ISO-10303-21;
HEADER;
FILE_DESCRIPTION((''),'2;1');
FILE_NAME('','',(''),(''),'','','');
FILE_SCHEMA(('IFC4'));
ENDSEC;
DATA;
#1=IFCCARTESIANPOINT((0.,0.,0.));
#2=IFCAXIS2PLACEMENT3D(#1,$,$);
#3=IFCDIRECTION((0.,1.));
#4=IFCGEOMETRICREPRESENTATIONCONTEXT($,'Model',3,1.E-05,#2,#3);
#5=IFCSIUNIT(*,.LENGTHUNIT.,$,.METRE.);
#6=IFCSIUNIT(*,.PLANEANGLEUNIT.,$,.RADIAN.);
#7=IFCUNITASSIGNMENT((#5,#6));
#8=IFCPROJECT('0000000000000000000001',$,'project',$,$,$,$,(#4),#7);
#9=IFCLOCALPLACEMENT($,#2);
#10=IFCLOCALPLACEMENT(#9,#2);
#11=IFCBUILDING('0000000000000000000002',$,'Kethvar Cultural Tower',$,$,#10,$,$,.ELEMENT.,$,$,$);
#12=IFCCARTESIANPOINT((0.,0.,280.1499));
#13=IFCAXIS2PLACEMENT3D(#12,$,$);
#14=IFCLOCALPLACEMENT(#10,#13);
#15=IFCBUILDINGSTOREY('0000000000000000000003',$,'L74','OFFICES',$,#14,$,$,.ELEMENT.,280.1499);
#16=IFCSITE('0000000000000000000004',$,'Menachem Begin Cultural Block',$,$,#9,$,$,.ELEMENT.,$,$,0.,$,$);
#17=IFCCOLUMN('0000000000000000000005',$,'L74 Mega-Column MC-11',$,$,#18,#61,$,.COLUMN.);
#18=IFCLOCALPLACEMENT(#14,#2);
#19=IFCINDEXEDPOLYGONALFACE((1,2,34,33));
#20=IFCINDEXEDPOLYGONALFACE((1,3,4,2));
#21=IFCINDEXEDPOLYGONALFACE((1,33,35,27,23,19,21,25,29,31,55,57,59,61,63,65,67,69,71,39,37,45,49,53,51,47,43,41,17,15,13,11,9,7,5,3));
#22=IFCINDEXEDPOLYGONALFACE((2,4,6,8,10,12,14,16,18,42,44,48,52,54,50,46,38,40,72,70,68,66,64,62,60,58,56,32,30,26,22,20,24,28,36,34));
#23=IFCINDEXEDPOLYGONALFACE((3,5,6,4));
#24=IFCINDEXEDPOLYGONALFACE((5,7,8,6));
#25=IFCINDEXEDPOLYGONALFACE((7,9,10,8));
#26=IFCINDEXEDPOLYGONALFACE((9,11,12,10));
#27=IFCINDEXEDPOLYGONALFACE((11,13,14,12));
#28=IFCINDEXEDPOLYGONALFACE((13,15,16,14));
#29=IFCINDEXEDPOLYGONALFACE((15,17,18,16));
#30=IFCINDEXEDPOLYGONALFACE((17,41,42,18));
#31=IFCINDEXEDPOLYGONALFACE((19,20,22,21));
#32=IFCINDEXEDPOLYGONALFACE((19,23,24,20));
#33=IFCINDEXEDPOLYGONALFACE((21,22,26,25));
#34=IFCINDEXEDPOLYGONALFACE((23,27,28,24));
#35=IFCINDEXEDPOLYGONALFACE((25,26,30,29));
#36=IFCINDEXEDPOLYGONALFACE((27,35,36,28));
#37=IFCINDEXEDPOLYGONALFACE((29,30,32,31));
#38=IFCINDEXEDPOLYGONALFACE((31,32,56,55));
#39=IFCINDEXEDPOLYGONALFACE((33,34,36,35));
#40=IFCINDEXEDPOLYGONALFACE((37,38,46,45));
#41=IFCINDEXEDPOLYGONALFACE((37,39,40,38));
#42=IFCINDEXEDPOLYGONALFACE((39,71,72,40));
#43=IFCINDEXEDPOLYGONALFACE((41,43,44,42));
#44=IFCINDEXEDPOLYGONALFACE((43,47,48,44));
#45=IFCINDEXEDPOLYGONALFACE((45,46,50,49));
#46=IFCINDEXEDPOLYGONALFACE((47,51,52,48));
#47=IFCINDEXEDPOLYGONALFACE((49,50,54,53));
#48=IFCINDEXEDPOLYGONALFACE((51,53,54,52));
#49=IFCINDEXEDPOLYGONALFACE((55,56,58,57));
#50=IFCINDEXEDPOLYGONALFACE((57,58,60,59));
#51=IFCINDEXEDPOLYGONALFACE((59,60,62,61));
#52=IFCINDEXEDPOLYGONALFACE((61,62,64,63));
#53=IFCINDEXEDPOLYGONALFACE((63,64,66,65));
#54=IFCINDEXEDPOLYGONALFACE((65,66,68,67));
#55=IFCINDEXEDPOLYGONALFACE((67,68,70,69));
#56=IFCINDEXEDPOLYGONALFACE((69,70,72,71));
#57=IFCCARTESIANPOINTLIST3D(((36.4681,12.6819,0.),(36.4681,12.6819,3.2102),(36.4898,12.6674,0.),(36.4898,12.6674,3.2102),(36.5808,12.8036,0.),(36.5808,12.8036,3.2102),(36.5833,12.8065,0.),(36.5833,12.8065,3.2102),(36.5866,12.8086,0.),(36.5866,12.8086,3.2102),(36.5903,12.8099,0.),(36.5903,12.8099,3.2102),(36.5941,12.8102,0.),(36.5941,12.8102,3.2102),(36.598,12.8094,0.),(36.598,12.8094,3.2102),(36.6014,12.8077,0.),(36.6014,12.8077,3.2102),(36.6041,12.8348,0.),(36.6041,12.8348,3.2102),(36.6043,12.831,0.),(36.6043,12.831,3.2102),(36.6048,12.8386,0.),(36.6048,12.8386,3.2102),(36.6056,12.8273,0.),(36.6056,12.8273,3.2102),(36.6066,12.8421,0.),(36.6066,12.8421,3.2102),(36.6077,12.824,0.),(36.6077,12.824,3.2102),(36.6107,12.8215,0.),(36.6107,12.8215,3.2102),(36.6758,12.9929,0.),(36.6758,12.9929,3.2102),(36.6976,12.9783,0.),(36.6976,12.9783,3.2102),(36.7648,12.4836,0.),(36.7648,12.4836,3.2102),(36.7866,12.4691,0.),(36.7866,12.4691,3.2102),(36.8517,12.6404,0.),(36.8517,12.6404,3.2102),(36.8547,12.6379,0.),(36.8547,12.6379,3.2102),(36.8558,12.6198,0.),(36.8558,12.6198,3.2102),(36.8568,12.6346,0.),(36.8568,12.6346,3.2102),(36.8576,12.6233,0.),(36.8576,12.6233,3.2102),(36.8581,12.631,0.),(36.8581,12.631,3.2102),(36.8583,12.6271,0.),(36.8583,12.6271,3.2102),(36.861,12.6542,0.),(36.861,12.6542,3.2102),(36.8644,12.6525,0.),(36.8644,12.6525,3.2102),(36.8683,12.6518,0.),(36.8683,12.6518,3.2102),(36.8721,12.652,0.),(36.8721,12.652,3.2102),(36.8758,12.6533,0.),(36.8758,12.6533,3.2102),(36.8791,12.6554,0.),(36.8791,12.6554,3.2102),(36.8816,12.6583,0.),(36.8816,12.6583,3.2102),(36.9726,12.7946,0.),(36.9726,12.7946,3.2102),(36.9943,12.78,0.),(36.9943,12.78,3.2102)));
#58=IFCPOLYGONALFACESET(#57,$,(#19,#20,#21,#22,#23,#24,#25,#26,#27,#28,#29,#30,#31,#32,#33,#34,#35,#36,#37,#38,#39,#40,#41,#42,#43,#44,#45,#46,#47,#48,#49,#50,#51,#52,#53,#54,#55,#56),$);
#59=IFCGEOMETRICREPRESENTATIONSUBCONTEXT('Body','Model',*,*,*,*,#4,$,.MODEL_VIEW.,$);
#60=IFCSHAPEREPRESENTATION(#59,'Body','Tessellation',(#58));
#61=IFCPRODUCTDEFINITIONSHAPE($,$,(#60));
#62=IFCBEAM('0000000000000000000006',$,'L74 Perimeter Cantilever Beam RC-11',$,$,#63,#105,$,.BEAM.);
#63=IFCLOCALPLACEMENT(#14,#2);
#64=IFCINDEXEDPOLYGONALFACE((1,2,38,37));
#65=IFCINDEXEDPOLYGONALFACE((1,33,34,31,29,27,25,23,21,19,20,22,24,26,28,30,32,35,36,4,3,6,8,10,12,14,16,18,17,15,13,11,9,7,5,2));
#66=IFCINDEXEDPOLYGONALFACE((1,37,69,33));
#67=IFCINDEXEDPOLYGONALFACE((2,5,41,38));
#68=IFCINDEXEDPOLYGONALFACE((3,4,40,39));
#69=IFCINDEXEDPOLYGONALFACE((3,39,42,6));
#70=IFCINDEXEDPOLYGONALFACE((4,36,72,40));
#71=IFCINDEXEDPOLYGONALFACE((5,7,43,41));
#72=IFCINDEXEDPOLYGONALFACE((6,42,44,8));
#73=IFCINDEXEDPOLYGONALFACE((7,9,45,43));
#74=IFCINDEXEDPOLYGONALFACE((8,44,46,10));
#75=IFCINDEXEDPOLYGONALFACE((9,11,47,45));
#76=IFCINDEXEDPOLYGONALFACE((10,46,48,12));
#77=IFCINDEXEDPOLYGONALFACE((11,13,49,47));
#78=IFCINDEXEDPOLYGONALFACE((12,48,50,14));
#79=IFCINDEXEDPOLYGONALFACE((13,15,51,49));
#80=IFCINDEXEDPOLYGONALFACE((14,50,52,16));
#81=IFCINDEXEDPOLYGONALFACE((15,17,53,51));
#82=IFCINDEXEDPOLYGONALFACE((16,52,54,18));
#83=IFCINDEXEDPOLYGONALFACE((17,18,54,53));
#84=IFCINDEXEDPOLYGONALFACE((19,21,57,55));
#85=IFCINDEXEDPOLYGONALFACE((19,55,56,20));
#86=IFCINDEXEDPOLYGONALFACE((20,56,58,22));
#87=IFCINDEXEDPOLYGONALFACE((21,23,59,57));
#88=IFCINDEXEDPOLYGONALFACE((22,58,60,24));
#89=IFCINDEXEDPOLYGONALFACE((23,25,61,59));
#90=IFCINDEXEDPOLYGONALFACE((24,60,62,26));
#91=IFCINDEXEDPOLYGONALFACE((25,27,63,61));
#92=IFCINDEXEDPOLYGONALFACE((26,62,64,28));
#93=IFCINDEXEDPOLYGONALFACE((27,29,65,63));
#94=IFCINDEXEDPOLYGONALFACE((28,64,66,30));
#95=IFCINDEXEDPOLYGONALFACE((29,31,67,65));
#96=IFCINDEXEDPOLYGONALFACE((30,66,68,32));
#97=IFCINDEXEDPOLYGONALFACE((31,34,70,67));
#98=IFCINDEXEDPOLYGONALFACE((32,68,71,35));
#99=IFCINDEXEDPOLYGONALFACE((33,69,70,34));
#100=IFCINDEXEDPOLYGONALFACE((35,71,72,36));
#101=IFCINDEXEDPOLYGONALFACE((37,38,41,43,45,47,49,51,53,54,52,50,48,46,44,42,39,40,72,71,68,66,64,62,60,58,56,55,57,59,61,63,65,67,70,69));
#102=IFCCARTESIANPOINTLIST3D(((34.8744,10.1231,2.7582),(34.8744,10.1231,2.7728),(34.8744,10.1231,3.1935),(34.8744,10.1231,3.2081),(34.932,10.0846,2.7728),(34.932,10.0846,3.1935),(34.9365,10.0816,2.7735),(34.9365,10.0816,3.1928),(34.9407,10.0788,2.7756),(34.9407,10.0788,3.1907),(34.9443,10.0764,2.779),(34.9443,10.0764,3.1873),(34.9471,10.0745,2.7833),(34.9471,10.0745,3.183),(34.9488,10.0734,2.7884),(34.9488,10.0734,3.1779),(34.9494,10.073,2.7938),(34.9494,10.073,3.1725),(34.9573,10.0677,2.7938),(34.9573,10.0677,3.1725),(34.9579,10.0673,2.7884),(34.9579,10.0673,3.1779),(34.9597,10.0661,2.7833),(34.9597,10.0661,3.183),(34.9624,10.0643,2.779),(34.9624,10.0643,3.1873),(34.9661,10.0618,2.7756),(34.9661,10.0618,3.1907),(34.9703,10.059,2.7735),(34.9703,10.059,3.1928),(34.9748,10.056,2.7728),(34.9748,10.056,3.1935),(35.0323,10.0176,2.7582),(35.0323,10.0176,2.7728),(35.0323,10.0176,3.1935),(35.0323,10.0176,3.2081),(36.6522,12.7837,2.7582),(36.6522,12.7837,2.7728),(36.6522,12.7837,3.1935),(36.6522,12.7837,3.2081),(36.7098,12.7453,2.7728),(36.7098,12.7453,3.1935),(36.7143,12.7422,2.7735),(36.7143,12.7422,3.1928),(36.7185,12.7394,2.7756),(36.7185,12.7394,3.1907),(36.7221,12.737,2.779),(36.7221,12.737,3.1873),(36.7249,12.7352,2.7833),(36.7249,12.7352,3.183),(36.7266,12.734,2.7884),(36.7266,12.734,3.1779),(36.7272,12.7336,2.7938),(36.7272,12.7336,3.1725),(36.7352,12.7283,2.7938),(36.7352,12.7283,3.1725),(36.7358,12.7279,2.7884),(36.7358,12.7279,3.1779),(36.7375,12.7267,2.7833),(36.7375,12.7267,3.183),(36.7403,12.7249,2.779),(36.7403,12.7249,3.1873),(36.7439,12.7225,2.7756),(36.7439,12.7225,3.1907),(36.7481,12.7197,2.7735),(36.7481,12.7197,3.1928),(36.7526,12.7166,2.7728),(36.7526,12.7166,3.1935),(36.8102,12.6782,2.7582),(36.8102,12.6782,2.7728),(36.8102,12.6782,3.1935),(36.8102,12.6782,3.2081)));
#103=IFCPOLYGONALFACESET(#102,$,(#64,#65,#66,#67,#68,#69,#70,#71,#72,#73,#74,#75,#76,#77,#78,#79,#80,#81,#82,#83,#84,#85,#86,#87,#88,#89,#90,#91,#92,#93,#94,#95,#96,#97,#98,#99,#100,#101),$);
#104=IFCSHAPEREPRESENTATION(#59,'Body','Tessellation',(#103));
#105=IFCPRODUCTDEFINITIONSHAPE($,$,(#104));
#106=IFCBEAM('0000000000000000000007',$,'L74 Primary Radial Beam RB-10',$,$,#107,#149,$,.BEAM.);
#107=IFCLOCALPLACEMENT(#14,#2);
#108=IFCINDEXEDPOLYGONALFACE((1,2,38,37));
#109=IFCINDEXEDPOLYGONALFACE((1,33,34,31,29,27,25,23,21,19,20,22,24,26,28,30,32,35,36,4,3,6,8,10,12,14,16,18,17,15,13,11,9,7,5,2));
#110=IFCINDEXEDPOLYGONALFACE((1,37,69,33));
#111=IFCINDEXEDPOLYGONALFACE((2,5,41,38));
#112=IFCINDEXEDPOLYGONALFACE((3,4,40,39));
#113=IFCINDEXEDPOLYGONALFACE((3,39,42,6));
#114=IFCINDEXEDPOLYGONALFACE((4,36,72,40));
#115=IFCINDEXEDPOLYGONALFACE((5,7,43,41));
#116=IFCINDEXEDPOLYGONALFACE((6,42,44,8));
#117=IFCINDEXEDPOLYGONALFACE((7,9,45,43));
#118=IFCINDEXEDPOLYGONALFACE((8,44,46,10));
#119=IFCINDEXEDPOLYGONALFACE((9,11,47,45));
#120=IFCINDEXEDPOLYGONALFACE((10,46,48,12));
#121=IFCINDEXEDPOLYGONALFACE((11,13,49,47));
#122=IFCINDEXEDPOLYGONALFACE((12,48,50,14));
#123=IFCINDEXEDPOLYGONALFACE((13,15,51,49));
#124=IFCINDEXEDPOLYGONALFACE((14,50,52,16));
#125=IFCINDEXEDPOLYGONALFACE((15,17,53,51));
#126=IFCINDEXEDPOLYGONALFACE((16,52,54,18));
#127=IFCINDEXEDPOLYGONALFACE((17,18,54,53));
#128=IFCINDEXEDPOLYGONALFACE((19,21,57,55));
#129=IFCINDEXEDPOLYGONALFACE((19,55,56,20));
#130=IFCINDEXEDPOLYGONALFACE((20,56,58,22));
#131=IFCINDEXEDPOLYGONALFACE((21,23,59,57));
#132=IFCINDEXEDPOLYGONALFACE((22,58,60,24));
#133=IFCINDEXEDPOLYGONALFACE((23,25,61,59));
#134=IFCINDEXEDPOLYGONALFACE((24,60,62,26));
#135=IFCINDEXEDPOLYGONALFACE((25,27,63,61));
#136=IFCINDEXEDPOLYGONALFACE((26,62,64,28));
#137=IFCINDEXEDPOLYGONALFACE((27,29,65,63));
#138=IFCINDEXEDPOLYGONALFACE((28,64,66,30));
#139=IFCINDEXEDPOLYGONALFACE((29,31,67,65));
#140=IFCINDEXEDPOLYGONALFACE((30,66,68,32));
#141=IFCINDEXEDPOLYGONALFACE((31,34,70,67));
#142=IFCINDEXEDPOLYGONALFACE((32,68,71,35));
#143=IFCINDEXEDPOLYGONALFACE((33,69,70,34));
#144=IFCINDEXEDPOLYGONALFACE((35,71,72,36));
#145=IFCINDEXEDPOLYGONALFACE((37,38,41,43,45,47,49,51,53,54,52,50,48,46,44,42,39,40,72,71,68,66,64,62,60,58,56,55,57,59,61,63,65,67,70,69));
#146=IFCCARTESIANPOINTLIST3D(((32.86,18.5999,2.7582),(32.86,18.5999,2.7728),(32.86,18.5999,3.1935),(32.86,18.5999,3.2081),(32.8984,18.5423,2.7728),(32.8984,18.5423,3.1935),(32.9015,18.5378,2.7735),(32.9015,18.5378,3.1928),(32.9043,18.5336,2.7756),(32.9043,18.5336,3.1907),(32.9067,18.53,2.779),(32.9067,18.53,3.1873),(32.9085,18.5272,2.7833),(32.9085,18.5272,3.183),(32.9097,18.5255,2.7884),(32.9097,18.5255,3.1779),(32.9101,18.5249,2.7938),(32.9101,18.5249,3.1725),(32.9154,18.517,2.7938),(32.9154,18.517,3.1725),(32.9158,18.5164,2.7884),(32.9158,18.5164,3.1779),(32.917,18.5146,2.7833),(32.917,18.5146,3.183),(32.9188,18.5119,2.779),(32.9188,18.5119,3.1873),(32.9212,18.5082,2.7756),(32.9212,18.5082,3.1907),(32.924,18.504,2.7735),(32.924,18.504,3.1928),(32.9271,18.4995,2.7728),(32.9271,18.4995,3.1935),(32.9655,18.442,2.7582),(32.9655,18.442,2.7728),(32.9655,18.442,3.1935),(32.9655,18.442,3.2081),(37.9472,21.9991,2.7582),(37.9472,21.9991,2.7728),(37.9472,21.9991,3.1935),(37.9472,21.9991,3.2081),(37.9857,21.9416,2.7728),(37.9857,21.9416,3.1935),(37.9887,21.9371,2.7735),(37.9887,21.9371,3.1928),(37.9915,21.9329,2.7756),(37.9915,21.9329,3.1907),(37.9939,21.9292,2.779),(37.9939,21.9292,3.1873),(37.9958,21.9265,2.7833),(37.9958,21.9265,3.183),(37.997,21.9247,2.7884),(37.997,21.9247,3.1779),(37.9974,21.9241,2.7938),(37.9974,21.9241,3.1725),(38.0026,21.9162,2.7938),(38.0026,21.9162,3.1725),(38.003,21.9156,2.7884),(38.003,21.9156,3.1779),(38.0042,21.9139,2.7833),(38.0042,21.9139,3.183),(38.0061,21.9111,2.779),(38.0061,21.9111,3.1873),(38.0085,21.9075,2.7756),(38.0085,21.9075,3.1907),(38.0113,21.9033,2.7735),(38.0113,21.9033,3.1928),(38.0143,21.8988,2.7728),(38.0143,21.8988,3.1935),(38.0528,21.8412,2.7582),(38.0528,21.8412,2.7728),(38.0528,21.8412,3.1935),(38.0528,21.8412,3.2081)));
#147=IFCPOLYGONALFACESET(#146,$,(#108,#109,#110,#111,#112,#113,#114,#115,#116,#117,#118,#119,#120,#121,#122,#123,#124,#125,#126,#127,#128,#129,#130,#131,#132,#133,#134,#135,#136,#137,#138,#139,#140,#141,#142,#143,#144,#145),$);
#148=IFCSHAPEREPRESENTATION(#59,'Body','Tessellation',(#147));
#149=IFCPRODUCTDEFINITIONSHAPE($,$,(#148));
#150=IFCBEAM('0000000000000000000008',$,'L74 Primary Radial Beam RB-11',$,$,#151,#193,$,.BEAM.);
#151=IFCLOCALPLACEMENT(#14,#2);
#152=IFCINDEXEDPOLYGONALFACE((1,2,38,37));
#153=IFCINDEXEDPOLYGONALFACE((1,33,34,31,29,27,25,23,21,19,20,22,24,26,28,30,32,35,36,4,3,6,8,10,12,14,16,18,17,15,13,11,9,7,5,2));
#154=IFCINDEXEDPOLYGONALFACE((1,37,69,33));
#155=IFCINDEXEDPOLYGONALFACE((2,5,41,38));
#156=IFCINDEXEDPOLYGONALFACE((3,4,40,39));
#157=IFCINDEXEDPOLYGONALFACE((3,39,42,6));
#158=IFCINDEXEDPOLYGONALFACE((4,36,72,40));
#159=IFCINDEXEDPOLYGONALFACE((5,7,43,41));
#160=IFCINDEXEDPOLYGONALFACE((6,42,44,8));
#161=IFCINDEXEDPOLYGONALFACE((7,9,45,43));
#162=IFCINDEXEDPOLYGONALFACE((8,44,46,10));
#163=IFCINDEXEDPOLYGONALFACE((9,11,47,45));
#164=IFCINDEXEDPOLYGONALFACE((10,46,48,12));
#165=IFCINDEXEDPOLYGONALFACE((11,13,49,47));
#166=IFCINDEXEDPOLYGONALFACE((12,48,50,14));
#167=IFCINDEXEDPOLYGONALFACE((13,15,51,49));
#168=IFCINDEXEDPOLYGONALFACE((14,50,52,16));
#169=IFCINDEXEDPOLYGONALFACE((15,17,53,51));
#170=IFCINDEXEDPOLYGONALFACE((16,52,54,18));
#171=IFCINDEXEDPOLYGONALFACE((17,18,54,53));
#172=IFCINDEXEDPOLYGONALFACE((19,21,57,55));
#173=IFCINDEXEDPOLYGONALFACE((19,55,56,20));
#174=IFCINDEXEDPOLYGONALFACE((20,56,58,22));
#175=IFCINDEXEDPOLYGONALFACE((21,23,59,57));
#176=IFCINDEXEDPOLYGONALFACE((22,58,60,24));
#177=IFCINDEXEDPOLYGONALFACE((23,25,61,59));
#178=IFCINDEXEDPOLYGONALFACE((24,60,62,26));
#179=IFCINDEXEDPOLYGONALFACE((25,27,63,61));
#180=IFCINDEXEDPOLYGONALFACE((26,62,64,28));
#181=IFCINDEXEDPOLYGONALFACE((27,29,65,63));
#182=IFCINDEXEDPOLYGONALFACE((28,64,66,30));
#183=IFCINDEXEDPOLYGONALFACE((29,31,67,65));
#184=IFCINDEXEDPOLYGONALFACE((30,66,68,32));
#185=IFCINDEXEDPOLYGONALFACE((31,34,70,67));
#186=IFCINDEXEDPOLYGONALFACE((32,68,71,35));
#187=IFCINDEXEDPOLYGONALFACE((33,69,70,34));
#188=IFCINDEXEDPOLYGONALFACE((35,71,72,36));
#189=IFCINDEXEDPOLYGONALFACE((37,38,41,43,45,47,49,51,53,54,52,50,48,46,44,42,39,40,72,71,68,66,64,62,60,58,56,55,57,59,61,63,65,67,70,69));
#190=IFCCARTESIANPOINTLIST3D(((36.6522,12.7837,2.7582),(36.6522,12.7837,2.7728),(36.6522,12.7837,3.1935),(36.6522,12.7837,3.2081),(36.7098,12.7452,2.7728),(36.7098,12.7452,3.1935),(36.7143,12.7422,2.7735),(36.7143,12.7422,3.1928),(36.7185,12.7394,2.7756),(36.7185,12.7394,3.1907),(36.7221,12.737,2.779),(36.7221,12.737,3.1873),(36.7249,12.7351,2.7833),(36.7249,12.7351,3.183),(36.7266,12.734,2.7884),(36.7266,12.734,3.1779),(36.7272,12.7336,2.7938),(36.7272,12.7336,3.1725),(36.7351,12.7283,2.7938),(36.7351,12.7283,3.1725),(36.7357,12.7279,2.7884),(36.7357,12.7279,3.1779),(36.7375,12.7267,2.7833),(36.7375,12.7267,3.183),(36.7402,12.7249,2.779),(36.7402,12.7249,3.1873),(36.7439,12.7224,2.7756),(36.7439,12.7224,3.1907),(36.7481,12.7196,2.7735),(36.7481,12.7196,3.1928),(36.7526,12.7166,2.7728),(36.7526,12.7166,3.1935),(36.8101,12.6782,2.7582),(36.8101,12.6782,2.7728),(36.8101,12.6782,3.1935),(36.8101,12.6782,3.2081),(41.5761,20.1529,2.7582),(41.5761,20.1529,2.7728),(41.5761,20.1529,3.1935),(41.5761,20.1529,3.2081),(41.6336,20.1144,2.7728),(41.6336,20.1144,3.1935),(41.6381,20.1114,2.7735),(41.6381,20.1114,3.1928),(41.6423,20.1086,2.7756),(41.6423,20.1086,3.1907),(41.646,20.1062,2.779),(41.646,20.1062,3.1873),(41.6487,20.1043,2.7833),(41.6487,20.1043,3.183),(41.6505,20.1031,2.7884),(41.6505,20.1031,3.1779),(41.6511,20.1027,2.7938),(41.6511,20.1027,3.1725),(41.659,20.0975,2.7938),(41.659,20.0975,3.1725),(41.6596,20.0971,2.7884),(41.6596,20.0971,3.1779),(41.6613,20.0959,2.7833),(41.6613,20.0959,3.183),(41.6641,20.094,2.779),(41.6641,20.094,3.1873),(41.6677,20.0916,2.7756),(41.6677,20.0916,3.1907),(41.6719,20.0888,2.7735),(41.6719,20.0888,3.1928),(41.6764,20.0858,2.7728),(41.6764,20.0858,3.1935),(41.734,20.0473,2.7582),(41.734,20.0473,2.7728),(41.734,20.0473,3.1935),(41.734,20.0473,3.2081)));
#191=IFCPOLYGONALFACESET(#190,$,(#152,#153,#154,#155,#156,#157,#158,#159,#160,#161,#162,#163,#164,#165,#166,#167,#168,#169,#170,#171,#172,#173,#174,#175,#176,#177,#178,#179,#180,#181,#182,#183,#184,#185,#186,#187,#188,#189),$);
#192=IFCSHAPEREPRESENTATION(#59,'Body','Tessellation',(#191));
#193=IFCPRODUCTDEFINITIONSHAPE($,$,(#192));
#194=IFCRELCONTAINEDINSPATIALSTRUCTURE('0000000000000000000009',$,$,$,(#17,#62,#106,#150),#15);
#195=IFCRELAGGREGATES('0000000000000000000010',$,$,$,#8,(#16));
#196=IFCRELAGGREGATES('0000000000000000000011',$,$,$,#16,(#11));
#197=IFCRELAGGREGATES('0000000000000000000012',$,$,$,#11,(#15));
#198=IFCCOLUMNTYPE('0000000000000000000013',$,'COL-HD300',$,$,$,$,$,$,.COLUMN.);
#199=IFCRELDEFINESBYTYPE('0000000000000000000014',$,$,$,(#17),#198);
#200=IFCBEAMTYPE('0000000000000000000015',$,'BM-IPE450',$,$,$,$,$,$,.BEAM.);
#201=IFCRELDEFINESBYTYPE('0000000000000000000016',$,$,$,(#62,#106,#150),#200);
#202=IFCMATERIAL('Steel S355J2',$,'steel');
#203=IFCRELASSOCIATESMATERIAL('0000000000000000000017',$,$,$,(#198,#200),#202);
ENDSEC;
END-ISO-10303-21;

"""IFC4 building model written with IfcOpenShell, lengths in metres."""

from ifc_helpers import new_model, si_unit, direction, frame, origin, origin_2d, place, context, subcontext, project, spatial, i_section, extrude, source, transform, mapped, material, material_profile, profile_set, type_object, element, save


model = new_model("IFC4")

# Units and contexts
model_context = context("Model", 3, precision=1e-05, world=origin(), true_north=direction((0.0, 1.0)))
body_context = subcontext(model_context, "Body", "Model", "MODEL_VIEW")
ifc_project = project(units=[si_unit("LENGTHUNIT", "METRE"), si_unit("PLANEANGLEUNIT", "RADIAN")], contexts=[model_context])

# Site, building, storey
site_placement = place(None, origin())
site = spatial("IfcSite", under=ifc_project, at=site_placement, Name="Menachem Begin Cultural Block", CompositionType="ELEMENT", RefElevation=0.0)
building_placement = place(site_placement, origin())
building = spatial("IfcBuilding", under=site, at=building_placement, Name="Kethvar Cultural Tower", CompositionType="ELEMENT")
storey_placement = place(building_placement, frame((0.0, 0.0, 280.1499)))
storey = spatial("IfcBuildingStorey", under=building, at=storey_placement, Name="L74", Description="OFFICES", CompositionType="ELEMENT", Elevation=280.1499)

# Column
ifc_material_1 = material(Name="Steel S355J2", Category="steel")
ifc_material_profile_1 = material_profile(ifc_material_1, i_section(OverallWidth=0.374, OverallDepth=0.3831, WebThickness=0.0166, FlangeThickness=0.0261, FilletRadius=0.0149, at=origin_2d()), Name="Steel S355J2 — HD360x300")
ifc_profile_set_1 = profile_set([ifc_material_profile_1], Name="Steel S355J2 — HD360x300")
column_type = type_object("IfcColumnType", Name="COL-HD300", PredefinedType="COLUMN", material=ifc_profile_set_1)
shared_shape_1 = source(origin(), body_context, "Body", "SweptSolid", [
    extrude(i_section(OverallWidth=0.374, OverallDepth=0.3831, WebThickness=0.0166, FlangeThickness=0.0261, FilletRadius=0.0149, at=origin_2d()), origin(), (0.0, 0.0, 1.0), 3.2102),
])
column_placement = place(storey_placement, frame((36.7312, 12.731, 0.0), z_axis=(0.0, 0.0, 1.0), x_axis=(-0.55557, -0.83147, 0.0)))
element("IfcColumn", 1, at=column_placement, inside=storey, type_object=column_type, Name="L74 Mega-Column MC-11", PredefinedType="COLUMN", context=body_context, shape_type="MappedRepresentation", body=[
    mapped(shared_shape_1, transform((0.0, 0.0, 0.0), scale=1.0)),
])

# Beams
ifc_material_profile_2 = material_profile(ifc_material_1, i_section(OverallWidth=0.1899, OverallDepth=0.45, WebThickness=0.0095, FlangeThickness=0.0146, FilletRadius=0.021, at=origin_2d()), Name="Steel S355J2 — IPE450")
ifc_profile_set_2 = profile_set([ifc_material_profile_2], Name="Steel S355J2 — IPE450")
beam_type_1 = type_object("IfcBeamType", Name="BM-IPE450", PredefinedType="BEAM", material=ifc_profile_set_2)
shared_shape_2 = source(origin(), body_context, "Body", "SweptSolid", [
    extrude(i_section(OverallWidth=0.1899, OverallDepth=0.45, WebThickness=0.0095, FlangeThickness=0.0146, FilletRadius=0.021, at=origin_2d()), origin(), (0.0, 0.0, 1.0), 3.2),
])
beam_1_placement = place(storey_placement, frame((36.7312, 12.731, 2.9832), z_axis=(-0.55558, -0.831463, 0.0), x_axis=(0.831463, -0.55558, 0.0)))
element("IfcBeam", 2, at=beam_1_placement, inside=storey, type_object=beam_type_1, Name="L74 Perimeter Cantilever Beam RC-11", PredefinedType="BEAM", context=body_context, shape_type="MappedRepresentation", body=[
    mapped(shared_shape_2, transform((0.0, 0.0, 0.0), scale=1.0)),
])
shared_shape_3 = source(origin(), body_context, "Body", "SweptSolid", [
    extrude(i_section(OverallWidth=0.1899, OverallDepth=0.45, WebThickness=0.0095, FlangeThickness=0.0146, FilletRadius=0.021, at=origin_2d()), origin(), (0.0, 0.0, 1.0), 6.1184),
])
beam_2_placement = place(storey_placement, frame((38.0, 21.9202, 2.9832), z_axis=(-0.831467, -0.555575, 0.0), x_axis=(0.555575, -0.831467, 0.0)))
element("IfcBeam", 3, at=beam_2_placement, inside=storey, type_object=beam_type_1, Name="L74 Primary Radial Beam RB-10", PredefinedType="BEAM", context=body_context, shape_type="MappedRepresentation", body=[
    mapped(shared_shape_3, transform((0.0, 0.0, 0.0), scale=1.0)),
])
shared_shape_4 = source(origin(), body_context, "Body", "SweptSolid", [
    extrude(i_section(OverallWidth=0.1899, OverallDepth=0.45, WebThickness=0.0095, FlangeThickness=0.0146, FilletRadius=0.021, at=origin_2d()), origin(), (0.0, 0.0, 1.0), 8.8628),
])
beam_3_placement = place(storey_placement, frame((41.655, 20.1001, 2.9832), z_axis=(-0.555564, -0.831473, 0.0), x_axis=(0.831473, -0.555564, 0.0)))
element("IfcBeam", 4, at=beam_3_placement, inside=storey, type_object=beam_type_1, Name="L74 Primary Radial Beam RB-11", PredefinedType="BEAM", context=body_context, shape_type="MappedRepresentation", body=[
    mapped(shared_shape_4, transform((0.0, 0.0, 0.0), scale=1.0)),
])

save(model, "model.ifc")
